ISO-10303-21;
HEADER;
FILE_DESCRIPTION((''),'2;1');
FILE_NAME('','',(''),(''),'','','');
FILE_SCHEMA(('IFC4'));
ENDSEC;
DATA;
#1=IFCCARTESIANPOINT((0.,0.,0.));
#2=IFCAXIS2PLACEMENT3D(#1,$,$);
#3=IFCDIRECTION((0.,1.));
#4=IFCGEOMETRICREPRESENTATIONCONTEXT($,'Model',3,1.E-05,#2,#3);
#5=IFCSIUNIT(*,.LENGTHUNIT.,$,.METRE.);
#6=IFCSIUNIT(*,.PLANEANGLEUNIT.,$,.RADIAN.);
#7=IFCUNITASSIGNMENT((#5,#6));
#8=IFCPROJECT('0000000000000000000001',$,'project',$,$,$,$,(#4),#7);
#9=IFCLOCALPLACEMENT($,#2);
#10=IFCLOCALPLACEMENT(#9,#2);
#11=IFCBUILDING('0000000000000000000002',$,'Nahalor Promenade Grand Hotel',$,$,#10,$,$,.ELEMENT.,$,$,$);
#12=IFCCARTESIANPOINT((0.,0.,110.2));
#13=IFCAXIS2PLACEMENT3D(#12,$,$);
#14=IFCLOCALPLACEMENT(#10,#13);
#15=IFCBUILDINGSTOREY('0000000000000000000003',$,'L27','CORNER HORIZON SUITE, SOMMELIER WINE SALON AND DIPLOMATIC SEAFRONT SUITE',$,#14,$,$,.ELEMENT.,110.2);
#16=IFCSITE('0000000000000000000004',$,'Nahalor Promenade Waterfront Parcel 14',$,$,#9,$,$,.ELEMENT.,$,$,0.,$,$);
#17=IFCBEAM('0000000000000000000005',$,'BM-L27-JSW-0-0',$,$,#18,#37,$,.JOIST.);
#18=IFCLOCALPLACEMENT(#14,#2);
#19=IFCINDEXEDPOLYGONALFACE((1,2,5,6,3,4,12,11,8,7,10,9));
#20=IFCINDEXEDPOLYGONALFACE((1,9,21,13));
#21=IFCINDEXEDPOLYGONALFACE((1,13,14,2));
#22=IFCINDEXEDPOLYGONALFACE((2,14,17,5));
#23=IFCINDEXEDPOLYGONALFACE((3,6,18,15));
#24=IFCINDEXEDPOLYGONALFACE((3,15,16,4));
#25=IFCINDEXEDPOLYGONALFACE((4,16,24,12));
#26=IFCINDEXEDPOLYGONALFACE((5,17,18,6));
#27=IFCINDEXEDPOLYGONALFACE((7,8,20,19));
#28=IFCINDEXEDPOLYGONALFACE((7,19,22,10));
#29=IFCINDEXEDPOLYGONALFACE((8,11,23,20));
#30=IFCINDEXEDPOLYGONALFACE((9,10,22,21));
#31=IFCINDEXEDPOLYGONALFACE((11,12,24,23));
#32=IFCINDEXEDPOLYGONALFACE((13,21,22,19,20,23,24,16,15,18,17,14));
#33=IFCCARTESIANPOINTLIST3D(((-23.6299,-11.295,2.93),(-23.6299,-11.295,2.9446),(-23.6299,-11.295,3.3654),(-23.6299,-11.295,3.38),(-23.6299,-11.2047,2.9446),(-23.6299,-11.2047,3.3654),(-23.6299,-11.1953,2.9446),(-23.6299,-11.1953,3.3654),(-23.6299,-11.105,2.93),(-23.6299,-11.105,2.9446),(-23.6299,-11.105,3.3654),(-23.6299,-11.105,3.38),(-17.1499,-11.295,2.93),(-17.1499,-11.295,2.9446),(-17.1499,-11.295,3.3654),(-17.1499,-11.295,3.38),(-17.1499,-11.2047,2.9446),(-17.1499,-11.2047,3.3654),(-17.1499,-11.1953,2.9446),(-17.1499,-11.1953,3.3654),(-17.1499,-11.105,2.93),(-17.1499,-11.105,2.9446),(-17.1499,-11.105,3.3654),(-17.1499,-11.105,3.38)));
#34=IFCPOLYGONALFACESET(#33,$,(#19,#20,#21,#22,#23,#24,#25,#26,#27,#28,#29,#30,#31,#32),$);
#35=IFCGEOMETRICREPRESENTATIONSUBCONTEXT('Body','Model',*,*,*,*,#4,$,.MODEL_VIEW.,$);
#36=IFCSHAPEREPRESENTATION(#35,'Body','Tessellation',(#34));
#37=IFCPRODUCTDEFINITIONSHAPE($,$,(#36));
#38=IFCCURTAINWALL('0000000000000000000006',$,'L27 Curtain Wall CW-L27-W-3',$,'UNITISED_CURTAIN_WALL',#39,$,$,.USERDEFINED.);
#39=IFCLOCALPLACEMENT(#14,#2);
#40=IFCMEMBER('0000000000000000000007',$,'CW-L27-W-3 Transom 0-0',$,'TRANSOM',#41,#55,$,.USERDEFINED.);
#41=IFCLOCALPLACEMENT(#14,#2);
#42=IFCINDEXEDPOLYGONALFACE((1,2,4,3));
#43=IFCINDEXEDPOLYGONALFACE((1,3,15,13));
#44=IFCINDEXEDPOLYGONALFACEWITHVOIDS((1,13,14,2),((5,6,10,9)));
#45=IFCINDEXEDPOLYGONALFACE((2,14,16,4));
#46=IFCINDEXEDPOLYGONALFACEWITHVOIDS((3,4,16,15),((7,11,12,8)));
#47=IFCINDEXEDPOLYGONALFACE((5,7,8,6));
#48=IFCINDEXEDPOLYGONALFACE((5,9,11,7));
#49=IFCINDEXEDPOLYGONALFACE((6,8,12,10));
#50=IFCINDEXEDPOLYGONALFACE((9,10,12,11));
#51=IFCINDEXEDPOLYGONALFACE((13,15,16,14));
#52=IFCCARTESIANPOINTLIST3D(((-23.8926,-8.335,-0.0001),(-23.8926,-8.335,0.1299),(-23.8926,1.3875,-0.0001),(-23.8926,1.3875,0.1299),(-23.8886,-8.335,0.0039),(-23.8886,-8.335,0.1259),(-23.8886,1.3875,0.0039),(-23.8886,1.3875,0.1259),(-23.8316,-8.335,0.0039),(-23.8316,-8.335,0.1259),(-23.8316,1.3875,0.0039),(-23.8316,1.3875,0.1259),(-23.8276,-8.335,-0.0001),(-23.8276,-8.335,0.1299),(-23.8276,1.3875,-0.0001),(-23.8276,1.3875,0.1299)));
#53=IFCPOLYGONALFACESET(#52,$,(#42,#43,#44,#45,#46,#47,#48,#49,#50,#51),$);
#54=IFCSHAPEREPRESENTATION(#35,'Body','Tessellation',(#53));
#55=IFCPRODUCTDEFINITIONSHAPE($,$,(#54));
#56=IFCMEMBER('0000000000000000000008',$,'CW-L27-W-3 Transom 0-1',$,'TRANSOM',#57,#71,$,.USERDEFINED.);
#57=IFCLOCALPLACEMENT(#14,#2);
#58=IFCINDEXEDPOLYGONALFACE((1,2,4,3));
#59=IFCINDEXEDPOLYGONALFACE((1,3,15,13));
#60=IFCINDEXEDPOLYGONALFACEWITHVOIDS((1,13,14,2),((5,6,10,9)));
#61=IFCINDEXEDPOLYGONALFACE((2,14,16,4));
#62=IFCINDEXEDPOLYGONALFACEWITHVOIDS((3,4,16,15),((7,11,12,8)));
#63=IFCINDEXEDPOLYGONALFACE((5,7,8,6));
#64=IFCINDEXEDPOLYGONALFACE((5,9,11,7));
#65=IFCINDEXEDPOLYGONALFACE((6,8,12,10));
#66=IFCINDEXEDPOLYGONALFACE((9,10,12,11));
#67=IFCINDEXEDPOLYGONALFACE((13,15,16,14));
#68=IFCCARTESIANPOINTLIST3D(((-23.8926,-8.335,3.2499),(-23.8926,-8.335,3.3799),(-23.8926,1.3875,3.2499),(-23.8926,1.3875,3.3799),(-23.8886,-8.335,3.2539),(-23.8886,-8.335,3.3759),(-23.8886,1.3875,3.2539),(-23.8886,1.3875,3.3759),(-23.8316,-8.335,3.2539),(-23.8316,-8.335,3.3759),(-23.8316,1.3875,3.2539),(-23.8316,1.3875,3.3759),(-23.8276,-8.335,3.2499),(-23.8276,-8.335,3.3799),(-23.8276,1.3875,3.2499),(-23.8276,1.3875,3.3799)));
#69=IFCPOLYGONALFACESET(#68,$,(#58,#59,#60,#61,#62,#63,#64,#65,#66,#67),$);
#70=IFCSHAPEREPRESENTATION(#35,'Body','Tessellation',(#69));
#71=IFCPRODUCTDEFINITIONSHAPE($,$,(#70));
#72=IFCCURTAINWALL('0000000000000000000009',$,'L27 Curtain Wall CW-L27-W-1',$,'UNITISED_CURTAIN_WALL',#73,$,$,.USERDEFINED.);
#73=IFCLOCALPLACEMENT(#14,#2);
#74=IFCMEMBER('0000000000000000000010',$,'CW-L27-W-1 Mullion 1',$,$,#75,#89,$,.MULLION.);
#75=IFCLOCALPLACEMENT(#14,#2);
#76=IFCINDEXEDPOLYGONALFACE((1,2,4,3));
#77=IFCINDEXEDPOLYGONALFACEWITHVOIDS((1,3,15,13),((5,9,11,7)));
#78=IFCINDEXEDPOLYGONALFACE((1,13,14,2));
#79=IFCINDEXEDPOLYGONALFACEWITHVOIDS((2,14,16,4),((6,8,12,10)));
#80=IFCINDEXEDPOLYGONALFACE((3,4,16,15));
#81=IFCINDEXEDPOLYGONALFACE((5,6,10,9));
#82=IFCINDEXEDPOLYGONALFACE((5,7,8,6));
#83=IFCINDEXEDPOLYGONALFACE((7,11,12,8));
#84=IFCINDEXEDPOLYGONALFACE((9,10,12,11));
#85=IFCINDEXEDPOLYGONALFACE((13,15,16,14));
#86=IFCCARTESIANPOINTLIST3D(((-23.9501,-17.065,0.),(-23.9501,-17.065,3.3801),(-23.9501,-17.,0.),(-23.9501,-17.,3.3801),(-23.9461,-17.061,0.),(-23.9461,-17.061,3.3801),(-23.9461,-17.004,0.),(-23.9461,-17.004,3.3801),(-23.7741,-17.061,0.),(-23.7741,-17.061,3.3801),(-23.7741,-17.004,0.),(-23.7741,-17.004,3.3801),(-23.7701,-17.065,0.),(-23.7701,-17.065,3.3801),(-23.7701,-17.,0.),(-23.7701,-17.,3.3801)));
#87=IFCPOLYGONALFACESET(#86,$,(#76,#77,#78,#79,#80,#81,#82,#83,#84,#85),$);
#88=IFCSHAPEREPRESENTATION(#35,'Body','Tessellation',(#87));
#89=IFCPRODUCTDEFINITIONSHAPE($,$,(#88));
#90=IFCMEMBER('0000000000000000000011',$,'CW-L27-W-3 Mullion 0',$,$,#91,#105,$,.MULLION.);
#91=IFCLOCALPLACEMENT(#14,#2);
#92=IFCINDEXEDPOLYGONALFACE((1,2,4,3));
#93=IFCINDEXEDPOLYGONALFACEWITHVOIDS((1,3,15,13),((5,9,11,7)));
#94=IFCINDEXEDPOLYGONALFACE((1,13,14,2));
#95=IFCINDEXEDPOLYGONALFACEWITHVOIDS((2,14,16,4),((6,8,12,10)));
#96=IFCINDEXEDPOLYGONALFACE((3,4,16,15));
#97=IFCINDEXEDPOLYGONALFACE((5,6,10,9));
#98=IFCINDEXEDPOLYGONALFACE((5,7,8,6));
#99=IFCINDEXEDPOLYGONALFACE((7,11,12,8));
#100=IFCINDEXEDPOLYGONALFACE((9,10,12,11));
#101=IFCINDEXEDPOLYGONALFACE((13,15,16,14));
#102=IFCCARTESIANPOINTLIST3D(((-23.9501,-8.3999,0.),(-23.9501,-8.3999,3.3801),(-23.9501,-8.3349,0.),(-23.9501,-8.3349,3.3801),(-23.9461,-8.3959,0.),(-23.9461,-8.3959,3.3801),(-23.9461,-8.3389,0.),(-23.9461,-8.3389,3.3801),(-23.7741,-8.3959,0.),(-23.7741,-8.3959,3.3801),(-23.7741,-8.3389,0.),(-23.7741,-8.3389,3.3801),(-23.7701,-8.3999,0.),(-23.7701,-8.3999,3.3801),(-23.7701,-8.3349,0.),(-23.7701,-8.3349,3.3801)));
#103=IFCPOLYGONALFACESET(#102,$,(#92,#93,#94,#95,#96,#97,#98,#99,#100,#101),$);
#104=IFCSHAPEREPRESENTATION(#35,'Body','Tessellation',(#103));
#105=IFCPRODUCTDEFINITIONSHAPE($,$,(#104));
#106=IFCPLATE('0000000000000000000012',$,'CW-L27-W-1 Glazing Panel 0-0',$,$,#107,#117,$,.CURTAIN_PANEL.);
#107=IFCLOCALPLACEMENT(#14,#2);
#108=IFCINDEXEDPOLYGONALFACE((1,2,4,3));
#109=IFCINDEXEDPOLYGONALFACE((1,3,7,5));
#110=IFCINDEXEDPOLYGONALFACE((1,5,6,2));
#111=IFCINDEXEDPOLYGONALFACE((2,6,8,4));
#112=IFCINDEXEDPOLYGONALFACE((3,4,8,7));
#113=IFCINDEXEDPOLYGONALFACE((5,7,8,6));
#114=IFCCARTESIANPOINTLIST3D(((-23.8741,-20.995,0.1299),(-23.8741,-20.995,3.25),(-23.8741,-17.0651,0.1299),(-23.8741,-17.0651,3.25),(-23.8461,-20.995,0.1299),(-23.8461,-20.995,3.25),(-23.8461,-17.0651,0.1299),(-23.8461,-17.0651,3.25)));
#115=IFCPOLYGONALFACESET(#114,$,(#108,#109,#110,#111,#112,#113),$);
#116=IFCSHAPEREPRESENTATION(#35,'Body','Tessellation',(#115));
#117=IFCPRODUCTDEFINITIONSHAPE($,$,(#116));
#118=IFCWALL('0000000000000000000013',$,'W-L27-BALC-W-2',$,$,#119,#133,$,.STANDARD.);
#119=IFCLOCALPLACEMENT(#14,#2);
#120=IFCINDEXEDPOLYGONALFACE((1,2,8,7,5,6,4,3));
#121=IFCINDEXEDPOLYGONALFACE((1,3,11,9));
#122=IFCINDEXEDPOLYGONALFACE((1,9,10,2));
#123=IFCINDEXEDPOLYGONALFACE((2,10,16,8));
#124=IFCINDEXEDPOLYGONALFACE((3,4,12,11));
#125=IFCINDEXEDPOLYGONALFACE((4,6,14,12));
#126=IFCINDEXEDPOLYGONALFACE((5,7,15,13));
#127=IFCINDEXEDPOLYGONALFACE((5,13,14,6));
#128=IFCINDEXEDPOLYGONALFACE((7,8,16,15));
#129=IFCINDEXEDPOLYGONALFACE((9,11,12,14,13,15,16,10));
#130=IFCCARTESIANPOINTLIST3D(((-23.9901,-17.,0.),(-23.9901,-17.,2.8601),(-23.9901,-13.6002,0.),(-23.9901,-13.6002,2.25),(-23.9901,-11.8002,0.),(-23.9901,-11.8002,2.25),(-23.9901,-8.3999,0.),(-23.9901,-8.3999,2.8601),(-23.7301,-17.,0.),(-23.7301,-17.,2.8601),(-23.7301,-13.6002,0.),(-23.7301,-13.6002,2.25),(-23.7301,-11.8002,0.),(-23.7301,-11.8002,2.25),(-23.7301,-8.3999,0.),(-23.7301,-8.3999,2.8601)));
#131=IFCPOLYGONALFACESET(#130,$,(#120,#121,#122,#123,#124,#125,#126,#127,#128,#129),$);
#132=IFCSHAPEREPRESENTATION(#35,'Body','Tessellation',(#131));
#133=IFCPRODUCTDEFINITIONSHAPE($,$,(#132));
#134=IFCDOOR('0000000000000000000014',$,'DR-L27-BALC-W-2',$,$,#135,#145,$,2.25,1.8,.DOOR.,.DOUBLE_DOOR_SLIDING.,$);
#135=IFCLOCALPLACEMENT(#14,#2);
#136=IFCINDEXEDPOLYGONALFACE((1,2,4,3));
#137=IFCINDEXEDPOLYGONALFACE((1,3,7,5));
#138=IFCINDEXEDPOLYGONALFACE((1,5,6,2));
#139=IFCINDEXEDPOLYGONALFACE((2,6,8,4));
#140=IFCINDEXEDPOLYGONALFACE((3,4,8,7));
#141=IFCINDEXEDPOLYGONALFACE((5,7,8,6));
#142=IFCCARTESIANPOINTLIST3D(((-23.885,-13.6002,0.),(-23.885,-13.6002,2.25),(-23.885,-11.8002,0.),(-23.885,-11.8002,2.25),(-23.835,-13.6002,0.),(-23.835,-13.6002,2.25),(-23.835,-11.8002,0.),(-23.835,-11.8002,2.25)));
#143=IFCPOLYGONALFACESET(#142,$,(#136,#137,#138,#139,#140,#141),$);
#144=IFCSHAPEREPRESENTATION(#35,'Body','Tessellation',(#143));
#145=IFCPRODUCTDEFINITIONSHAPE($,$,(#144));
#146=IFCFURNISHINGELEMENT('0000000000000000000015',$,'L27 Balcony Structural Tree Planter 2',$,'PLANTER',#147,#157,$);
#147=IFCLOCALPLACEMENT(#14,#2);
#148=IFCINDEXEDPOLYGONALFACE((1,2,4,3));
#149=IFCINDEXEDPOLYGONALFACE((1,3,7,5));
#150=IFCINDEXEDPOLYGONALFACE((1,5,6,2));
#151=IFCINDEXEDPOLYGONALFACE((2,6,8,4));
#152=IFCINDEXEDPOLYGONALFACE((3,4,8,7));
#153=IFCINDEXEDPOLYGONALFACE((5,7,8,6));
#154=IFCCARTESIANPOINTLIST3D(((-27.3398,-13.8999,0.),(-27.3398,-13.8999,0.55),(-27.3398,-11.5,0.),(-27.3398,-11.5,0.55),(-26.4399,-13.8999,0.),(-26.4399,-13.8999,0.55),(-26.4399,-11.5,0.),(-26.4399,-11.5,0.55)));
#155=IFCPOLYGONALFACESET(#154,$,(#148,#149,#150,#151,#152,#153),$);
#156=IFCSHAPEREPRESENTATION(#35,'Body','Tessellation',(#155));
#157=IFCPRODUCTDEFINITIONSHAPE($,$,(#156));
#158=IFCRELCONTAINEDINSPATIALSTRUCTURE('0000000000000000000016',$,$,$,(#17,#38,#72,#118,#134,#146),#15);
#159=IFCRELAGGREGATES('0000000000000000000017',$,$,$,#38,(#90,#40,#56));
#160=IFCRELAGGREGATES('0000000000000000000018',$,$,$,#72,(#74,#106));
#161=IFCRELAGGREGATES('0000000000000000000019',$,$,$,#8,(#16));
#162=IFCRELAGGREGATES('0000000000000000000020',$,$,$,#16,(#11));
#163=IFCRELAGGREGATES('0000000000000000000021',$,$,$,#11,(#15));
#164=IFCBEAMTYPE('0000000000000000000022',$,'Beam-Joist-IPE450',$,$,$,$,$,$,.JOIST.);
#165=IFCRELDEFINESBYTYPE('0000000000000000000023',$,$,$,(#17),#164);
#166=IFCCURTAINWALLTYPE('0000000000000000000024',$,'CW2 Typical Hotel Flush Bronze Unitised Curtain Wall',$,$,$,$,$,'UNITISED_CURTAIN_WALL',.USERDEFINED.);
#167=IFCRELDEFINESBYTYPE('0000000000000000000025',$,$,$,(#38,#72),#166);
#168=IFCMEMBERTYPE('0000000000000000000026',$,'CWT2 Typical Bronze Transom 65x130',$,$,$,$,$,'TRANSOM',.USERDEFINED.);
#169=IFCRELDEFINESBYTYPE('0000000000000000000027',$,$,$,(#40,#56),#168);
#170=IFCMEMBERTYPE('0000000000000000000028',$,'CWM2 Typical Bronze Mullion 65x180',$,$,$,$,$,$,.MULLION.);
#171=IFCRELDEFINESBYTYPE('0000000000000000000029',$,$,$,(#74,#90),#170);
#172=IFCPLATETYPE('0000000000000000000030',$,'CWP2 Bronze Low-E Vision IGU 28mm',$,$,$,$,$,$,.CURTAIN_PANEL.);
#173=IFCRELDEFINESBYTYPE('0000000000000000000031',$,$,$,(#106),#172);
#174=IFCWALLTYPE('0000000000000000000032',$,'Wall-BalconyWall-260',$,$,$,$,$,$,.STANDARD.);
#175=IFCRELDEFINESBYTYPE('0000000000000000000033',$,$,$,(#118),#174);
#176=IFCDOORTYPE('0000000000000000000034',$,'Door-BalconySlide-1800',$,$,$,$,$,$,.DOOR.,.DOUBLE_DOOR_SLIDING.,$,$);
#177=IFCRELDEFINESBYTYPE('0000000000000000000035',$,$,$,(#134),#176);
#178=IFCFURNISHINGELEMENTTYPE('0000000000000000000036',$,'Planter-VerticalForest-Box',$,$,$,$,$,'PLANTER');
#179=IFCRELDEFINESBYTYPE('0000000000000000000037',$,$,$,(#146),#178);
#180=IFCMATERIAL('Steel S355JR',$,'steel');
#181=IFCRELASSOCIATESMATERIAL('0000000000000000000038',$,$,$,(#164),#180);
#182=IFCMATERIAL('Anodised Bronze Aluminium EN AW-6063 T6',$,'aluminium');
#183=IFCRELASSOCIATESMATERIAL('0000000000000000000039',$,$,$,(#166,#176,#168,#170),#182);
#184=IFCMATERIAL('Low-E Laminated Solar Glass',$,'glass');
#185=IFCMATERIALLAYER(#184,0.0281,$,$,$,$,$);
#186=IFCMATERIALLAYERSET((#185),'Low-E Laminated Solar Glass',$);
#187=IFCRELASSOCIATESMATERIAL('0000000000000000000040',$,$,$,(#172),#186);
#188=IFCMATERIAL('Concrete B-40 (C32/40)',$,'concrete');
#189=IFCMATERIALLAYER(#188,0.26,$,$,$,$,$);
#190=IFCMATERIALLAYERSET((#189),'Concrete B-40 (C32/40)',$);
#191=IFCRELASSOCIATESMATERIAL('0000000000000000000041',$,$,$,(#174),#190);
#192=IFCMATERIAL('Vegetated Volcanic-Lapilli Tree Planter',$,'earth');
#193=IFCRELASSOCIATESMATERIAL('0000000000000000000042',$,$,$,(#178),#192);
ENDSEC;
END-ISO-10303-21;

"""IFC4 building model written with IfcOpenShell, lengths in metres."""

from ifc_helpers import new_model, si_unit, direction, frame, frame_2d, origin, origin_2d, place, context, subcontext, project, spatial, rectangle, hollow_rectangle, i_section, extrude, source, transform, mapped, material, layer, layer_set, material_profile, profile_set, type_object, element, fill, aggregate, save


model = new_model("IFC4")

# Units and contexts
model_context = context("Model", 3, precision=1e-05, world=origin(), true_north=direction((0.0, 1.0)))
body_context = subcontext(model_context, "Body", "Model", "MODEL_VIEW")
ifc_project = project(units=[si_unit("LENGTHUNIT", "METRE"), si_unit("PLANEANGLEUNIT", "RADIAN")], contexts=[model_context])

# Site, building, storey
site_placement = place(None, origin())
site = spatial("IfcSite", under=ifc_project, at=site_placement, Name="Nahalor Promenade Waterfront Parcel 14", CompositionType="ELEMENT", RefElevation=0.0)
building_placement = place(site_placement, origin())
building = spatial("IfcBuilding", under=site, at=building_placement, Name="Nahalor Promenade Grand Hotel", CompositionType="ELEMENT")
storey_placement = place(building_placement, frame((0.0, 0.0, 110.2)))
storey = spatial("IfcBuildingStorey", under=building, at=storey_placement, Name="L27", Description="CORNER HORIZON SUITE, SOMMELIER WINE SALON AND DIPLOMATIC SEAFRONT SUITE", CompositionType="ELEMENT", Elevation=110.2)

# Beam
ifc_material_1 = material(Name="Steel S355JR", Category="steel")
ifc_material_profile_1 = material_profile(ifc_material_1, i_section(OverallWidth=0.19, OverallDepth=0.45, WebThickness=0.0094, FlangeThickness=0.0146, at=origin_2d()), Name="IPE 450")
ifc_profile_set_1 = profile_set([ifc_material_profile_1], Name="Steel S355JR")
beam_type_1 = type_object("IfcBeamType", Name="Beam-Joist-IPE450", PredefinedType="JOIST", material=ifc_profile_set_1)
shared_shape_1 = source(origin(), body_context, "Body", "SweptSolid", [
    extrude(i_section(OverallWidth=0.19, OverallDepth=0.45, WebThickness=0.0094, FlangeThickness=0.0146, at=origin_2d()), origin(), (0.0, 0.0, 1.0), 6.48),
])
beam_1_placement = place(storey_placement, frame((-23.6299, -11.2, 3.155), z_axis=(1.0, 0.0, 0.0), x_axis=(0.0, 1.0, 0.0)))
element("IfcBeam", 1, at=beam_1_placement, inside=storey, type_object=beam_type_1, Name="BM-L27-JSW-0-0", PredefinedType="JOIST", context=body_context, shape_type="MappedRepresentation", body=[
    mapped(shared_shape_1, transform((0.0, 0.0, 0.0), scale=1.0)),
])

# Curtain wall, members
ifc_material_2 = material(Name="Anodised Bronze Aluminium EN AW-6063 T6", Category="aluminium")
curtain_wall_type = type_object("IfcCurtainWallType", Name="CW2 Typical Hotel Flush Bronze Unitised Curtain Wall", ElementType="UNITISED_CURTAIN_WALL", PredefinedType="USERDEFINED", material=ifc_material_2)
curtain_wall_1_placement = place(storey_placement, origin())
curtain_wall_1 = element("IfcCurtainWall", 2, at=curtain_wall_1_placement, inside=storey, type_object=curtain_wall_type, Name="L27 Curtain Wall CW-L27-W-3", ObjectType="UNITISED_CURTAIN_WALL", PredefinedType="USERDEFINED")
ifc_material_profile_2 = material_profile(ifc_material_2, hollow_rectangle(XDim=0.065, YDim=0.13, WallThickness=0.004, at=origin_2d()), Name="CWT 65x130x4")
ifc_profile_set_2 = profile_set([ifc_material_profile_2], Name="Anodised Bronze Aluminium EN AW-6063 T6")
member_type_1 = type_object("IfcMemberType", Name="CWT2 Typical Bronze Transom 65x130", ElementType="TRANSOM", PredefinedType="USERDEFINED", material=ifc_profile_set_2)
shared_shape_2 = source(origin(), body_context, "Body", "SweptSolid", [
    extrude(hollow_rectangle(XDim=0.065, YDim=0.13, WallThickness=0.004, at=origin_2d()), origin(), (0.0, 0.0, 1.0), 9.7224),
])
member_1_placement = place(storey_placement, frame((-23.8601, -8.335, 0.0649), z_axis=(0.0, 1.0, 0.0), x_axis=(-1.0, 0.0, 0.0)))
member_1 = element("IfcMember", 3, at=member_1_placement, type_object=member_type_1, Name="CW-L27-W-3 Transom 0-0", ObjectType="TRANSOM", PredefinedType="USERDEFINED", context=body_context, shape_type="MappedRepresentation", body=[
    mapped(shared_shape_2, transform((0.0, 0.0, 0.0), scale=1.0)),
])
member_2_placement = place(storey_placement, frame((-23.8601, -8.335, 3.3149), z_axis=(0.0, 1.0, 0.0), x_axis=(-1.0, 0.0, 0.0)))
member_2 = element("IfcMember", 4, at=member_2_placement, type_object=member_type_1, Name="CW-L27-W-3 Transom 0-1", ObjectType="TRANSOM", PredefinedType="USERDEFINED", context=body_context, shape_type="MappedRepresentation", body=[
    mapped(shared_shape_2, transform((0.0, 0.0, 0.0), scale=1.0)),
])

# Curtain wall, member
curtain_wall_2_placement = place(storey_placement, origin())
curtain_wall_2 = element("IfcCurtainWall", 5, at=curtain_wall_2_placement, inside=storey, type_object=curtain_wall_type, Name="L27 Curtain Wall CW-L27-W-1", ObjectType="UNITISED_CURTAIN_WALL", PredefinedType="USERDEFINED")
ifc_material_profile_3 = material_profile(ifc_material_2, hollow_rectangle(XDim=0.065, YDim=0.18, WallThickness=0.004, at=origin_2d()), Name="CWM 65x180x4")
ifc_profile_set_3 = profile_set([ifc_material_profile_3], Name="Anodised Bronze Aluminium EN AW-6063 T6")
member_type_2 = type_object("IfcMemberType", Name="CWM2 Typical Bronze Mullion 65x180", PredefinedType="MULLION", material=ifc_profile_set_3)
shared_shape_3 = source(origin(), body_context, "Body", "SweptSolid", [
    extrude(hollow_rectangle(XDim=0.065, YDim=0.18, WallThickness=0.004, at=origin_2d()), origin(), (0.0, 0.0, 1.0), 3.3801),
])
member_3_placement = place(storey_placement, frame((-23.8601, -17.0325, 0.0), z_axis=(0.0, 0.0, 1.0), x_axis=(0.0, 1.0, 0.0)))
member_3 = element("IfcMember", 6, at=member_3_placement, type_object=member_type_2, Name="CW-L27-W-1 Mullion 1", PredefinedType="MULLION", context=body_context, shape_type="MappedRepresentation", body=[
    mapped(shared_shape_3, transform((0.0, 0.0, 0.0), scale=1.0)),
])

# Member
member_4_placement = place(storey_placement, frame((-23.8601, -8.3674, 0.0), z_axis=(0.0, 0.0, 1.0), x_axis=(0.0, 1.0, 0.0)))
member_4 = element("IfcMember", 7, at=member_4_placement, type_object=member_type_2, Name="CW-L27-W-3 Mullion 0", PredefinedType="MULLION", context=body_context, shape_type="MappedRepresentation", body=[
    mapped(shared_shape_3, transform((0.0, 0.0, 0.0), scale=1.0)),
])
aggregate(curtain_wall_1, [member_4, member_1, member_2])

# Plate
ifc_material_3 = material(Name="Low-E Laminated Solar Glass", Category="glass")
ifc_layer_1 = layer(ifc_material_3, 0.0281)
ifc_layer_set_1 = layer_set([ifc_layer_1], Name="Low-E Laminated Solar Glass")
plate_type = type_object("IfcPlateType", Name="CWP2 Bronze Low-E Vision IGU 28mm", PredefinedType="CURTAIN_PANEL", material=ifc_layer_set_1)
shared_shape_4 = source(origin(), body_context, "Body", "SweptSolid", [
    extrude(rectangle(XDim=3.9299, YDim=0.0281, at=origin_2d()), origin(), (0.0, 0.0, 1.0), 3.1201),
])
plate_placement = place(storey_placement, frame((-23.8601, -19.03, 0.1299), z_axis=(0.0, 0.0, 1.0), x_axis=(0.0, 1.0, 0.0)))
plate = element("IfcPlate", 8, at=plate_placement, type_object=plate_type, Name="CW-L27-W-1 Glazing Panel 0-0", PredefinedType="CURTAIN_PANEL", context=body_context, shape_type="MappedRepresentation", body=[
    mapped(shared_shape_4, transform((0.0, 0.0, 0.0), scale=1.0)),
])
aggregate(curtain_wall_2, [member_3, plate])

# Wall, opening, door
ifc_material_4 = material(Name="Concrete B-40 (C32/40)", Category="concrete")
ifc_layer_2 = layer(ifc_material_4, 0.26)
ifc_layer_set_2 = layer_set([ifc_layer_2], Name="Concrete B-40 (C32/40)")
wall_type = type_object("IfcWallType", Name="Wall-BalconyWall-260", PredefinedType="STANDARD", material=ifc_layer_set_2)
shared_shape_5 = source(origin(), body_context, "Body", "SweptSolid", [
    extrude(rectangle(XDim=8.6001, YDim=0.26, at=frame_2d((4.3, 0.0))), origin(), (0.0, 0.0, 1.0), 2.8601),
])
wall_placement = place(storey_placement, frame((-23.8601, -17.0, 0.0), z_axis=(0.0, 0.0, 1.0), x_axis=(0.0, 1.0, 0.0)))
wall = element("IfcWall", 9, at=wall_placement, inside=storey, type_object=wall_type, Name="W-L27-BALC-W-2", PredefinedType="STANDARD", context=body_context, shape_type="MappedRepresentation", body=[
    mapped(shared_shape_5, transform((0.0, 0.0, 0.0), scale=1.0)),
])
opening_placement = place(wall_placement, frame((3.3999, 0.0, 0.0)))
opening = element("IfcOpeningElement", 10, at=opening_placement, cuts=wall, PredefinedType="OPENING", context=body_context, shape_type="SweptSolid", body=[
    extrude(rectangle(XDim=1.8, YDim=2.25, at=frame_2d((0.8999, 1.125))), frame((0.0, 0.1399, 0.0), z_axis=(0.0, -1.0, 0.0), x_axis=(1.0, 0.0, 0.0)), (0.0, 0.0, 1.0), 0.28),
])
door_type = type_object("IfcDoorType", Name="Door-BalconySlide-1800", OperationType="DOUBLE_DOOR_SLIDING", PredefinedType="DOOR", material=ifc_material_2)
shared_shape_6 = source(origin(), body_context, "Body", "SweptSolid", [
    extrude(rectangle(XDim=1.8, YDim=2.25, at=frame_2d((0.8999, 1.125))), frame((0.0, 0.0249, 0.0), z_axis=(0.0, -1.0, 0.0), x_axis=(1.0, 0.0, 0.0)), (0.0, 0.0, 1.0), 0.05),
])
door_placement = place(opening_placement, origin())
door = element("IfcDoor", 11, at=door_placement, inside=storey, type_object=door_type, Name="DR-L27-BALC-W-2", OperationType="DOUBLE_DOOR_SLIDING", OverallHeight=2.25, OverallWidth=1.8, PredefinedType="DOOR", context=body_context, shape_type="MappedRepresentation", body=[
    mapped(shared_shape_6, transform((0.0, 0.0, 0.0), scale=1.0)),
])
fill(opening, door)

# Furnishing element
ifc_material_5 = material(Name="Vegetated Volcanic-Lapilli Tree Planter", Category="earth")
furnishing_element_type = type_object("IfcFurnishingElementType", Name="Planter-VerticalForest-Box", ElementType="PLANTER", material=ifc_material_5)
shared_shape_7 = source(origin(), body_context, "Body", "SweptSolid", [
    extrude(rectangle(XDim=2.3999, YDim=0.8999, at=origin_2d()), origin(), (0.0, 0.0, 1.0), 0.55),
])
furnishing_placement = place(storey_placement, frame((-26.8899, -12.7, 0.0), z_axis=(0.0, 0.0, 1.0), x_axis=(0.0, 1.0, 0.0)))
element("IfcFurnishingElement", 12, at=furnishing_placement, inside=storey, type_object=furnishing_element_type, Name="L27 Balcony Structural Tree Planter 2", ObjectType="PLANTER", context=body_context, shape_type="MappedRepresentation", body=[
    mapped(shared_shape_7, transform((0.0, 0.0, 0.0), scale=1.0)),
])

save(model, "model.ifc")
